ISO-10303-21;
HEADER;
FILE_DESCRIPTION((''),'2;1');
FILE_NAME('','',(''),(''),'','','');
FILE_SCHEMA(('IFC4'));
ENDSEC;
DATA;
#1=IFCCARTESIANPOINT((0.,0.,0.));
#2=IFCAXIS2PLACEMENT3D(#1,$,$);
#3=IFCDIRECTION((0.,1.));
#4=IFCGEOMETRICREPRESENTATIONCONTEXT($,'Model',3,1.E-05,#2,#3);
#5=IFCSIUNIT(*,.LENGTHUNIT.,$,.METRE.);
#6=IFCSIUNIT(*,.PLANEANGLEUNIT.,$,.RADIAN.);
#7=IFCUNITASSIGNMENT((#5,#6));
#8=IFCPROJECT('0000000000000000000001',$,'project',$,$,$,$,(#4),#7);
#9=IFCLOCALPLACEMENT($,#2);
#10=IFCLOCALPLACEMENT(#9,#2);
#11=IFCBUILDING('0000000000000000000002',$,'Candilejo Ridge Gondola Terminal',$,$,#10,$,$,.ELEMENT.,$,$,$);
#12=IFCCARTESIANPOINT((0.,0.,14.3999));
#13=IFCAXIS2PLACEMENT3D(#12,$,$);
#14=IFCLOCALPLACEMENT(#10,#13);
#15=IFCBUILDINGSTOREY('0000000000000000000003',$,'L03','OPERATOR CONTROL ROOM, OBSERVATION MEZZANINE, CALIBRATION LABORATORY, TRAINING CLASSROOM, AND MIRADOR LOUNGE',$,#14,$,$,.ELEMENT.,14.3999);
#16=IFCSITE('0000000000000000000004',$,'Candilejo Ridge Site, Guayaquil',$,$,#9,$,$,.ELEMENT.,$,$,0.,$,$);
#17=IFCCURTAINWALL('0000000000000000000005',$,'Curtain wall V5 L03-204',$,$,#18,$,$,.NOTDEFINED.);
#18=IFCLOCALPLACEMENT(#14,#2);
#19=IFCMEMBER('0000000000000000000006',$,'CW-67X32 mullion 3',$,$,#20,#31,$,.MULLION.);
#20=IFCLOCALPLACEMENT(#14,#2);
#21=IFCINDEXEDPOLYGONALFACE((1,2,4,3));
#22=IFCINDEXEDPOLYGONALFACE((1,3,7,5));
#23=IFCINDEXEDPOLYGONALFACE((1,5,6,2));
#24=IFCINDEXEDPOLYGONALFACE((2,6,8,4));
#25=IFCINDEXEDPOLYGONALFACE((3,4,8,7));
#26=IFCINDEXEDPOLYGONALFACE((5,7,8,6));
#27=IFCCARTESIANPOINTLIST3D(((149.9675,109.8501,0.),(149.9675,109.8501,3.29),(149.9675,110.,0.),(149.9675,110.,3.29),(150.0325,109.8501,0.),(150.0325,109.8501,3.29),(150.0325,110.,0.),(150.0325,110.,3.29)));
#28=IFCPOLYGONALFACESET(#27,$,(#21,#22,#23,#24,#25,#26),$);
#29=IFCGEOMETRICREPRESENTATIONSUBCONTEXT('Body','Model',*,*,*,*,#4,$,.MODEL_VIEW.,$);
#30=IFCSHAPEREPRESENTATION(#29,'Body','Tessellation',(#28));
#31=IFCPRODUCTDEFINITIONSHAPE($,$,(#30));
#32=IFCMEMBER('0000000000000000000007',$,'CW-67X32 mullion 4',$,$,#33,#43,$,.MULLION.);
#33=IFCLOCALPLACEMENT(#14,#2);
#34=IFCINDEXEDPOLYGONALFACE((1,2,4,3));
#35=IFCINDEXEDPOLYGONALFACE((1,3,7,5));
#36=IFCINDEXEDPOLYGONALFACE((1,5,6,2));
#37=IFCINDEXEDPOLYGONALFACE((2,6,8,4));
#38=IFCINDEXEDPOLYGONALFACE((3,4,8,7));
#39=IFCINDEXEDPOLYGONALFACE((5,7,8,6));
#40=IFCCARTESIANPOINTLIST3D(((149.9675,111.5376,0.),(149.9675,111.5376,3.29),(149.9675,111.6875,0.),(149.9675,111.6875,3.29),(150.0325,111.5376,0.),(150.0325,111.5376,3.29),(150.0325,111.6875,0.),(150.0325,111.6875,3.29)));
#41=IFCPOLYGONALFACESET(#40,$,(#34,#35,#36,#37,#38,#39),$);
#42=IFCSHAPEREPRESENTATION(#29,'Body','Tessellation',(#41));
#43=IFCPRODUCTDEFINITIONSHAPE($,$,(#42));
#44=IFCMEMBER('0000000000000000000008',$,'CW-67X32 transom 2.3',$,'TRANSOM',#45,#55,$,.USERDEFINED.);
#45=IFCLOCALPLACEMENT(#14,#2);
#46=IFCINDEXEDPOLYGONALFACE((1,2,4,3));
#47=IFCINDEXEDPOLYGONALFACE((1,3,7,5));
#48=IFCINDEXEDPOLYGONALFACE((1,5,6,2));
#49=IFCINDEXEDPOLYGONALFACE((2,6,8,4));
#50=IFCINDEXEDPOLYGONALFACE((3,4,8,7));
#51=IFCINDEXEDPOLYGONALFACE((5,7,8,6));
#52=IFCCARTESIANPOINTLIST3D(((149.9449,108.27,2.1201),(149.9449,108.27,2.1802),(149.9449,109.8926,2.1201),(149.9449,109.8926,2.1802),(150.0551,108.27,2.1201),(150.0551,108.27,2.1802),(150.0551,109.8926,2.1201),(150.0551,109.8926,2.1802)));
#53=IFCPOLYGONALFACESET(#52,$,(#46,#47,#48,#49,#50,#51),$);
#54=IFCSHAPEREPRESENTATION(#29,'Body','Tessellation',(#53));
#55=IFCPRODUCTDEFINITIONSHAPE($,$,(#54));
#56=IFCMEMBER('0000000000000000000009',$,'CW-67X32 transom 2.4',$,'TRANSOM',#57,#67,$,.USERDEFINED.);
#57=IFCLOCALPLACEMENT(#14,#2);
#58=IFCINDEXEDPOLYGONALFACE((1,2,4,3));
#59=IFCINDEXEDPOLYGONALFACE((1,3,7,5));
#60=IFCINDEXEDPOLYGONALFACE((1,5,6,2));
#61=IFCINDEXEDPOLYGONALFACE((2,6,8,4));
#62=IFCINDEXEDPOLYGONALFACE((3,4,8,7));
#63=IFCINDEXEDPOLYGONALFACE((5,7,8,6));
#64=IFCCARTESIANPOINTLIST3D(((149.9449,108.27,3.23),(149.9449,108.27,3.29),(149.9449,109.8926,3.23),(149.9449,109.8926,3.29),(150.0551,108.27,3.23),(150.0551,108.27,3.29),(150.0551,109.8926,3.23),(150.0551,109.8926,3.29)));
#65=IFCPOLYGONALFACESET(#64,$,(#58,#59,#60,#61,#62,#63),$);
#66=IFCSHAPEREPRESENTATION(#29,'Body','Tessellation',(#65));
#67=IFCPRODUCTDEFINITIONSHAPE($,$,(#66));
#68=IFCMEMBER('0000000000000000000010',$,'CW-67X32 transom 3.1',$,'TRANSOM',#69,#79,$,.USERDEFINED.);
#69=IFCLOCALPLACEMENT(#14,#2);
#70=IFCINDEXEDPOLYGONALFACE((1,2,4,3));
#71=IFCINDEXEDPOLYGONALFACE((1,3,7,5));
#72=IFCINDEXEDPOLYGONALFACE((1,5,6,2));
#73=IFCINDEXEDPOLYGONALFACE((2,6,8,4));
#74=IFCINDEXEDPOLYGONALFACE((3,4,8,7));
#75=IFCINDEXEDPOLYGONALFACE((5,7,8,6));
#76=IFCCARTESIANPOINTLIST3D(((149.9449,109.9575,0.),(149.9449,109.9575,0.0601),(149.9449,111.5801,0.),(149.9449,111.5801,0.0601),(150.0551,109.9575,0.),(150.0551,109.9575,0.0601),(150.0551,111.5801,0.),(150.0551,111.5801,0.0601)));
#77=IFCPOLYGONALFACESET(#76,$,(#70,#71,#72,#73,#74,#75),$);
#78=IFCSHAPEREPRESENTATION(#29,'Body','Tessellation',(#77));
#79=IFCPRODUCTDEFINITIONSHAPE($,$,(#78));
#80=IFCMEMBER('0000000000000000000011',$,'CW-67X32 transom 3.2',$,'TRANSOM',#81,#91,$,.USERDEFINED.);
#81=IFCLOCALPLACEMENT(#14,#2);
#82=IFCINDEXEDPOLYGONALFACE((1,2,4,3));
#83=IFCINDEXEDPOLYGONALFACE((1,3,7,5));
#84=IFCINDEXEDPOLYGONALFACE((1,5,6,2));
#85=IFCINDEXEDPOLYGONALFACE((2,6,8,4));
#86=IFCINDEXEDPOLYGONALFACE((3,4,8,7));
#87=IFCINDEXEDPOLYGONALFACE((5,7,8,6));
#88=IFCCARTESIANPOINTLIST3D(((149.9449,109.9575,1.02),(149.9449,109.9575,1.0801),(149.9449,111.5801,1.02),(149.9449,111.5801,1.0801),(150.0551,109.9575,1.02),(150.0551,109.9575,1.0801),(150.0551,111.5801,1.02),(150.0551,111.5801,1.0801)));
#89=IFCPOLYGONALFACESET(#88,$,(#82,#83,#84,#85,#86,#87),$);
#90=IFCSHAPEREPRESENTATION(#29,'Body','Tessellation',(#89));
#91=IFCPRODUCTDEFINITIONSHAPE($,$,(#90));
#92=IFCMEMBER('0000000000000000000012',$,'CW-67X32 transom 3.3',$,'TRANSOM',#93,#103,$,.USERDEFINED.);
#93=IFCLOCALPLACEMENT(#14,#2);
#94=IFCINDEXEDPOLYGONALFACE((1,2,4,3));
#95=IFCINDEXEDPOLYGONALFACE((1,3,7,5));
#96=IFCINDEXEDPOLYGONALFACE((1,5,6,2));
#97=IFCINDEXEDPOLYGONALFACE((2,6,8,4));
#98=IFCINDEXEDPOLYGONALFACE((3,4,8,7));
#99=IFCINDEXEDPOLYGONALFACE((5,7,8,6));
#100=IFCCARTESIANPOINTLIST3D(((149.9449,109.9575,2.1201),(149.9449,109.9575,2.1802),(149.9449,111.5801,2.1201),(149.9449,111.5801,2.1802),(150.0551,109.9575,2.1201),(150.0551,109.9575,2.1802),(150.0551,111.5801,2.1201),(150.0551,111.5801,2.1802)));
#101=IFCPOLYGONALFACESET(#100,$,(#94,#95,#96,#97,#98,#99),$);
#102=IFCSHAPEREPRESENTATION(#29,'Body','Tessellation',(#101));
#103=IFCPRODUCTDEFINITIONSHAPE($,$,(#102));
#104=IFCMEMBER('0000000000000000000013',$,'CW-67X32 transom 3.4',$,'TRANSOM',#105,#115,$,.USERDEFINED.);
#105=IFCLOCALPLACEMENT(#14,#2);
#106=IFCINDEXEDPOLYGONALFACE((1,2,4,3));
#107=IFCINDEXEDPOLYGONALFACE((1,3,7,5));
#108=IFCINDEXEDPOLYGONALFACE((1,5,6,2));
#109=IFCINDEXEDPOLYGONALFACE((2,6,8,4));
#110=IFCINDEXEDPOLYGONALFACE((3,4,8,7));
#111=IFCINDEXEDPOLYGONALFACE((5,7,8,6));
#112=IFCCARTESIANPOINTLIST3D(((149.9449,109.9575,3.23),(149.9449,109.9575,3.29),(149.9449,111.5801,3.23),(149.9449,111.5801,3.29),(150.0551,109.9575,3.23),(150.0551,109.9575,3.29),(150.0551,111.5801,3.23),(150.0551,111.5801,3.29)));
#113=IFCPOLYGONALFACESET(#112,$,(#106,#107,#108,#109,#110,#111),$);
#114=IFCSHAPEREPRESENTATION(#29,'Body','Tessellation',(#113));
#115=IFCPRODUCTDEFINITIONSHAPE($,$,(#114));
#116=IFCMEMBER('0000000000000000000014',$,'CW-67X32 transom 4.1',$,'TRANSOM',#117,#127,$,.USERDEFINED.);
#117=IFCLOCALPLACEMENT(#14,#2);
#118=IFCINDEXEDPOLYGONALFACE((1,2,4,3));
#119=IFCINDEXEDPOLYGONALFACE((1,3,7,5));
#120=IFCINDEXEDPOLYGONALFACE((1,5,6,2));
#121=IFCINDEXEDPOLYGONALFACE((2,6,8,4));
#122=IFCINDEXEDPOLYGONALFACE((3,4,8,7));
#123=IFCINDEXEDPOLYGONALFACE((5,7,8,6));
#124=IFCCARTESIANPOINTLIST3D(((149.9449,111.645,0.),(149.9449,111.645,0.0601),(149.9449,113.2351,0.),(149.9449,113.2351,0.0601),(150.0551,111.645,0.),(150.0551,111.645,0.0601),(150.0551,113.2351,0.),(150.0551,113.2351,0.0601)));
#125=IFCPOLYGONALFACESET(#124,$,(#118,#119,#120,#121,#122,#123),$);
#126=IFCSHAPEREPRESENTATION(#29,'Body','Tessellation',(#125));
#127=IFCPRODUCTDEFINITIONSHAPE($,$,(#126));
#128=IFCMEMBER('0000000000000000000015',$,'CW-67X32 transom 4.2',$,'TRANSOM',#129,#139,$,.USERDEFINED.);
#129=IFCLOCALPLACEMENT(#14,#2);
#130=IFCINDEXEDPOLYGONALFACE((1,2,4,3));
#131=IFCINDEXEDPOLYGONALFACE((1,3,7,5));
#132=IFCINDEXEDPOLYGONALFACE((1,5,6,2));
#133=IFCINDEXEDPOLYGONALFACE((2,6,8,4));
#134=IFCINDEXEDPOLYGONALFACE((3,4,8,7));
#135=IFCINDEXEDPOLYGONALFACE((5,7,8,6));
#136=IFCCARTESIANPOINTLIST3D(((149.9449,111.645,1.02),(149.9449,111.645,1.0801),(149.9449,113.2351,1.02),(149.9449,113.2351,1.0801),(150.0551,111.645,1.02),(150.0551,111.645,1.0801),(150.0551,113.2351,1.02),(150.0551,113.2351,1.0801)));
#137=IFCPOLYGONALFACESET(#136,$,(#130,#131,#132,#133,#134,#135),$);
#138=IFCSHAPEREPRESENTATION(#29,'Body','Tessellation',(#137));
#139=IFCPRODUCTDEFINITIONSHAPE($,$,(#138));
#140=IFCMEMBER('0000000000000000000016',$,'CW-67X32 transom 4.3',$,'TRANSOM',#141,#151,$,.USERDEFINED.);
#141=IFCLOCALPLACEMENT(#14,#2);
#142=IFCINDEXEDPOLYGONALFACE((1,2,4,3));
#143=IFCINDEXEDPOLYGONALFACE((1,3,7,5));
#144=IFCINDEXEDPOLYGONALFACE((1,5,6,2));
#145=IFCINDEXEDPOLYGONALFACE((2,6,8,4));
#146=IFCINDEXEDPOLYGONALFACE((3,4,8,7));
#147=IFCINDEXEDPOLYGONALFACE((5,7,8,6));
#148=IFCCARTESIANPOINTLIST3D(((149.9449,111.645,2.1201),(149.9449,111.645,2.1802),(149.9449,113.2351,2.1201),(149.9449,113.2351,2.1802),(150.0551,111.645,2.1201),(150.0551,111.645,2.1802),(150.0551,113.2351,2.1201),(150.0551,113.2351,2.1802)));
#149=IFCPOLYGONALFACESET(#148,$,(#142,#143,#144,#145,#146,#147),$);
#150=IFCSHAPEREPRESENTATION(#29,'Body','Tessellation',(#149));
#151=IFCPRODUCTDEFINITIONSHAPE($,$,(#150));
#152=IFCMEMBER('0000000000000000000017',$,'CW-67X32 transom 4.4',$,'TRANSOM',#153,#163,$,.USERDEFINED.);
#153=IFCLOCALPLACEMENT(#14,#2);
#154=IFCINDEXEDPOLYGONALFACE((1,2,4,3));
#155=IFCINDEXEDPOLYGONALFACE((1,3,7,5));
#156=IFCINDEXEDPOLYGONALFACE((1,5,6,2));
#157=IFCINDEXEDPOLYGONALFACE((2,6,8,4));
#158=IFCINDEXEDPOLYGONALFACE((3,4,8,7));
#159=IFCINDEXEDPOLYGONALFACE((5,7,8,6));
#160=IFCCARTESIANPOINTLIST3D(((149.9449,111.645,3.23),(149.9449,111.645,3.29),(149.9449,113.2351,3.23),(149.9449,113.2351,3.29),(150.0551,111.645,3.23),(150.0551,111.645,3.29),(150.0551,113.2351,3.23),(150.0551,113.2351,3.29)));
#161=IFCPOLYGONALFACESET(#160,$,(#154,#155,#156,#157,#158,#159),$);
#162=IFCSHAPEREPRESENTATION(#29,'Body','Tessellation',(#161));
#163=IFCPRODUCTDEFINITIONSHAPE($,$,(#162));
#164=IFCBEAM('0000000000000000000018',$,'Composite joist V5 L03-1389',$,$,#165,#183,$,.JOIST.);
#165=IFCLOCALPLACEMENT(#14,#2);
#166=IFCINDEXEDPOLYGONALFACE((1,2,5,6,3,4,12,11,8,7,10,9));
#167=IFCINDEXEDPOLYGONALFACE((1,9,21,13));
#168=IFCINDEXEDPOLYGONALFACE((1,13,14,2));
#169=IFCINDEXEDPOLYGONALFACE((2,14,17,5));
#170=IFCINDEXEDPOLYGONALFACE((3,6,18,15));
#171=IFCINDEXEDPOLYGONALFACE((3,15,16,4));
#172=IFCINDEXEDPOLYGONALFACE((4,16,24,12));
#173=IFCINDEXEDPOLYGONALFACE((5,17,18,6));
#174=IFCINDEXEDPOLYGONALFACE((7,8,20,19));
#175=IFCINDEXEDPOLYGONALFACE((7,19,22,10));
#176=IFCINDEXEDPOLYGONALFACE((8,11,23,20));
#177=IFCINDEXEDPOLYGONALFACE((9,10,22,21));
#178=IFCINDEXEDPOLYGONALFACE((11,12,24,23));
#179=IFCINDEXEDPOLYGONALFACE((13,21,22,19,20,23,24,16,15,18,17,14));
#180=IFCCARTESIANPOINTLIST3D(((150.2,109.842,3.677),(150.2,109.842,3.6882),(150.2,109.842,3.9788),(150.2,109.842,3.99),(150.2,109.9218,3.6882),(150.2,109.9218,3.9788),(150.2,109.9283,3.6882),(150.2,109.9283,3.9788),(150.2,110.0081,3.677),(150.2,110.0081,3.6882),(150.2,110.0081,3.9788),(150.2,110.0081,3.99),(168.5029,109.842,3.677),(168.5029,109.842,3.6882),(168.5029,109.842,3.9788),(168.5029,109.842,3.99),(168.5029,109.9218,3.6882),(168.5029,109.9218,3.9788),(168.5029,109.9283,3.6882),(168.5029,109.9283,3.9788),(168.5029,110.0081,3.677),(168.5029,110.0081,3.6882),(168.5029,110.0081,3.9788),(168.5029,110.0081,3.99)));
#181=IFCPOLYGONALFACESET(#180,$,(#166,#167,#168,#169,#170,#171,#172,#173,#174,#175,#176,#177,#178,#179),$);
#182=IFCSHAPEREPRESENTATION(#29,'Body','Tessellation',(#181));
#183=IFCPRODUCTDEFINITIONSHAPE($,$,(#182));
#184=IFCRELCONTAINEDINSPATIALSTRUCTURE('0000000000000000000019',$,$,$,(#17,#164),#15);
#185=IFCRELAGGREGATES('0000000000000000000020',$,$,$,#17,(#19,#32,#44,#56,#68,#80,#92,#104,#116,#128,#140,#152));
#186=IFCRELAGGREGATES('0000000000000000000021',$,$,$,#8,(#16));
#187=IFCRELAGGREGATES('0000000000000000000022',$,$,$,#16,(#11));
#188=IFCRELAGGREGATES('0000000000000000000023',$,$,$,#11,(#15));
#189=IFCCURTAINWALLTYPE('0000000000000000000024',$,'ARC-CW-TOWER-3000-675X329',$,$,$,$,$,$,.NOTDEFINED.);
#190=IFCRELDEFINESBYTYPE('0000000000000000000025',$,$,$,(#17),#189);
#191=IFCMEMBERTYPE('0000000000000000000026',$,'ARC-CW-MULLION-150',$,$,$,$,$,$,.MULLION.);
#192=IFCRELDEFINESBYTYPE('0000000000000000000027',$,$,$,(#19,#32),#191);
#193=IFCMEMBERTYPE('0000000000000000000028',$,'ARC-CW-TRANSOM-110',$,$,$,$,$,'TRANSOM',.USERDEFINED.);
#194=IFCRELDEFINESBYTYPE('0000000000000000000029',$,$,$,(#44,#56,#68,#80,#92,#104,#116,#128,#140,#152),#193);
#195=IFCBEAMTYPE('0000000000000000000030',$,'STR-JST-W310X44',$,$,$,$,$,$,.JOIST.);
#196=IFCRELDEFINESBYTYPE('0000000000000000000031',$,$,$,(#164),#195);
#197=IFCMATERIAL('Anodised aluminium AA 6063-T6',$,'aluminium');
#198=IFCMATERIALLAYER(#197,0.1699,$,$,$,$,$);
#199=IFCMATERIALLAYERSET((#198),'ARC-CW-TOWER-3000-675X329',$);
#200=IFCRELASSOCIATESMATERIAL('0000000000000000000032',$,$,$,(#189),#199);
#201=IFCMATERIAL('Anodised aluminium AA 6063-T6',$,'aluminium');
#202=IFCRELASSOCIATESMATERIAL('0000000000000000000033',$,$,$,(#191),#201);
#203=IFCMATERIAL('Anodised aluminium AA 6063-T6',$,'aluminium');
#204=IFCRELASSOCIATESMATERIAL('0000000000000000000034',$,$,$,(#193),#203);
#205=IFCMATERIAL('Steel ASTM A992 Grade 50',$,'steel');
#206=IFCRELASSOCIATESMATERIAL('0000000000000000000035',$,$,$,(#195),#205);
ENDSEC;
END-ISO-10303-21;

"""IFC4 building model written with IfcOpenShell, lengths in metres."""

from ifc_helpers import new_model, si_unit, direction, frame, origin, origin_2d, place, context, subcontext, project, spatial, rectangle, i_section, extrude, material, layer, layer_set, material_profile, profile_set, type_object, element, aggregate, save


model = new_model("IFC4")

# Units and contexts
model_context = context("Model", 3, precision=1e-05, world=origin(), true_north=direction((0.0, 1.0)))
body_context = subcontext(model_context, "Body", "Model", "MODEL_VIEW")
ifc_project = project(units=[si_unit("LENGTHUNIT", "METRE"), si_unit("PLANEANGLEUNIT", "RADIAN")], contexts=[model_context])

# Site, building, storey
site_placement = place(None, origin())
site = spatial("IfcSite", under=ifc_project, at=site_placement, Name="Candilejo Ridge Site, Guayaquil", CompositionType="ELEMENT", RefElevation=0.0)
building_placement = place(site_placement, origin())
building = spatial("IfcBuilding", under=site, at=building_placement, Name="Candilejo Ridge Gondola Terminal", CompositionType="ELEMENT")
storey_placement = place(building_placement, frame((0.0, 0.0, 14.3999)))
storey = spatial("IfcBuildingStorey", under=building, at=storey_placement, Name="L03", Description="OPERATOR CONTROL ROOM, OBSERVATION MEZZANINE, CALIBRATION LABORATORY, TRAINING CLASSROOM, AND MIRADOR LOUNGE", CompositionType="ELEMENT", Elevation=14.3999)

# Curtain wall, members
ifc_material_1 = material(Name="Anodised aluminium AA 6063-T6", Category="aluminium")
ifc_layer_1 = layer(ifc_material_1, 0.1699)
ifc_layer_set_1 = layer_set([ifc_layer_1], Name="ARC-CW-TOWER-3000-675X329")
curtain_wall_type = type_object("IfcCurtainWallType", Name="ARC-CW-TOWER-3000-675X329", PredefinedType="NOTDEFINED", material=ifc_layer_set_1)
curtain_wall_placement = place(storey_placement, origin())
curtain_wall = element("IfcCurtainWall", 1, at=curtain_wall_placement, inside=storey, type_object=curtain_wall_type, Name="Curtain wall V5 L03-204", PredefinedType="NOTDEFINED")
ifc_material_2 = material(Name="Anodised aluminium AA 6063-T6", Category="aluminium")
ifc_material_profile_1 = material_profile(ifc_material_2, rectangle(XDim=0.0649, YDim=0.1499, at=origin_2d()))
ifc_profile_set_1 = profile_set([ifc_material_profile_1], Name="Anodised aluminium AA 6063-T6")
member_type_1 = type_object("IfcMemberType", Name="ARC-CW-MULLION-150", PredefinedType="MULLION", material=ifc_profile_set_1)
member_1_placement = place(storey_placement, frame((150.0, 109.925, 0.0), z_axis=(0.0, 0.0, 1.0), x_axis=(-1.0, 0.0, 0.0)))
member_1 = element("IfcMember", 2, at=member_1_placement, type_object=member_type_1, Name="CW-67X32 mullion 3", PredefinedType="MULLION", context=body_context, shape_type="SweptSolid", body=[
    extrude(rectangle(XDim=0.0649, YDim=0.1499, at=origin_2d()), origin(), (0.0, 0.0, 1.0), 3.29),
])
member_2_placement = place(storey_placement, frame((150.0, 111.6125, 0.0), z_axis=(0.0, 0.0, 1.0), x_axis=(-1.0, 0.0, 0.0)))
member_2 = element("IfcMember", 3, at=member_2_placement, type_object=member_type_1, Name="CW-67X32 mullion 4", PredefinedType="MULLION", context=body_context, shape_type="SweptSolid", body=[
    extrude(rectangle(XDim=0.0649, YDim=0.1499, at=origin_2d()), origin(), (0.0, 0.0, 1.0), 3.29),
])
ifc_material_3 = material(Name="Anodised aluminium AA 6063-T6", Category="aluminium")
ifc_material_profile_2 = material_profile(ifc_material_3, rectangle(XDim=0.1101, YDim=0.0601, at=origin_2d()))
ifc_profile_set_2 = profile_set([ifc_material_profile_2], Name="Anodised aluminium AA 6063-T6")
member_type_2 = type_object("IfcMemberType", Name="ARC-CW-TRANSOM-110", ElementType="TRANSOM", PredefinedType="USERDEFINED", material=ifc_profile_set_2)
member_3_placement = place(storey_placement, frame((150.0, 108.27, 2.1501), z_axis=(0.0, 1.0, 0.0), x_axis=(-1.0, 0.0, 0.0)))
member_3 = element("IfcMember", 4, at=member_3_placement, type_object=member_type_2, Name="CW-67X32 transom 2.3", ObjectType="TRANSOM", PredefinedType="USERDEFINED", context=body_context, shape_type="SweptSolid", body=[
    extrude(rectangle(XDim=0.1101, YDim=0.0601, at=origin_2d()), origin(), (0.0, 0.0, 1.0), 1.6226),
])
member_4_placement = place(storey_placement, frame((150.0, 108.27, 3.26), z_axis=(0.0, 1.0, 0.0), x_axis=(-1.0, 0.0, 0.0)))
member_4 = element("IfcMember", 5, at=member_4_placement, type_object=member_type_2, Name="CW-67X32 transom 2.4", ObjectType="TRANSOM", PredefinedType="USERDEFINED", context=body_context, shape_type="SweptSolid", body=[
    extrude(rectangle(XDim=0.1101, YDim=0.0601, at=origin_2d()), origin(), (0.0, 0.0, 1.0), 1.6226),
])
member_5_placement = place(storey_placement, frame((150.0, 109.9575, 0.03), z_axis=(0.0, 1.0, 0.0), x_axis=(-1.0, 0.0, 0.0)))
member_5 = element("IfcMember", 6, at=member_5_placement, type_object=member_type_2, Name="CW-67X32 transom 3.1", ObjectType="TRANSOM", PredefinedType="USERDEFINED", context=body_context, shape_type="SweptSolid", body=[
    extrude(rectangle(XDim=0.1101, YDim=0.0601, at=origin_2d()), origin(), (0.0, 0.0, 1.0), 1.6226),
])
member_6_placement = place(storey_placement, frame((150.0, 109.9575, 1.05), z_axis=(0.0, 1.0, 0.0), x_axis=(-1.0, 0.0, 0.0)))
member_6 = element("IfcMember", 7, at=member_6_placement, type_object=member_type_2, Name="CW-67X32 transom 3.2", ObjectType="TRANSOM", PredefinedType="USERDEFINED", context=body_context, shape_type="SweptSolid", body=[
    extrude(rectangle(XDim=0.1101, YDim=0.0601, at=origin_2d()), origin(), (0.0, 0.0, 1.0), 1.6226),
])
member_7_placement = place(storey_placement, frame((150.0, 109.9575, 2.1501), z_axis=(0.0, 1.0, 0.0), x_axis=(-1.0, 0.0, 0.0)))
member_7 = element("IfcMember", 8, at=member_7_placement, type_object=member_type_2, Name="CW-67X32 transom 3.3", ObjectType="TRANSOM", PredefinedType="USERDEFINED", context=body_context, shape_type="SweptSolid", body=[
    extrude(rectangle(XDim=0.1101, YDim=0.0601, at=origin_2d()), origin(), (0.0, 0.0, 1.0), 1.6226),
])
member_8_placement = place(storey_placement, frame((150.0, 109.9575, 3.26), z_axis=(0.0, 1.0, 0.0), x_axis=(-1.0, 0.0, 0.0)))
member_8 = element("IfcMember", 9, at=member_8_placement, type_object=member_type_2, Name="CW-67X32 transom 3.4", ObjectType="TRANSOM", PredefinedType="USERDEFINED", context=body_context, shape_type="SweptSolid", body=[
    extrude(rectangle(XDim=0.1101, YDim=0.0601, at=origin_2d()), origin(), (0.0, 0.0, 1.0), 1.6226),
])
member_9_placement = place(storey_placement, frame((150.0, 111.645, 0.03), z_axis=(0.0, 1.0, 0.0), x_axis=(-1.0, 0.0, 0.0)))
member_9 = element("IfcMember", 10, at=member_9_placement, type_object=member_type_2, Name="CW-67X32 transom 4.1", ObjectType="TRANSOM", PredefinedType="USERDEFINED", context=body_context, shape_type="SweptSolid", body=[
    extrude(rectangle(XDim=0.1101, YDim=0.0601, at=origin_2d()), origin(), (0.0, 0.0, 1.0), 1.5901),
])
member_10_placement = place(storey_placement, frame((150.0, 111.645, 1.05), z_axis=(0.0, 1.0, 0.0), x_axis=(-1.0, 0.0, 0.0)))
member_10 = element("IfcMember", 11, at=member_10_placement, type_object=member_type_2, Name="CW-67X32 transom 4.2", ObjectType="TRANSOM", PredefinedType="USERDEFINED", context=body_context, shape_type="SweptSolid", body=[
    extrude(rectangle(XDim=0.1101, YDim=0.0601, at=origin_2d()), origin(), (0.0, 0.0, 1.0), 1.5901),
])
member_11_placement = place(storey_placement, frame((150.0, 111.645, 2.1501), z_axis=(0.0, 1.0, 0.0), x_axis=(-1.0, 0.0, 0.0)))
member_11 = element("IfcMember", 12, at=member_11_placement, type_object=member_type_2, Name="CW-67X32 transom 4.3", ObjectType="TRANSOM", PredefinedType="USERDEFINED", context=body_context, shape_type="SweptSolid", body=[
    extrude(rectangle(XDim=0.1101, YDim=0.0601, at=origin_2d()), origin(), (0.0, 0.0, 1.0), 1.5901),
])
member_12_placement = place(storey_placement, frame((150.0, 111.645, 3.26), z_axis=(0.0, 1.0, 0.0), x_axis=(-1.0, 0.0, 0.0)))
member_12 = element("IfcMember", 13, at=member_12_placement, type_object=member_type_2, Name="CW-67X32 transom 4.4", ObjectType="TRANSOM", PredefinedType="USERDEFINED", context=body_context, shape_type="SweptSolid", body=[
    extrude(rectangle(XDim=0.1101, YDim=0.0601, at=origin_2d()), origin(), (0.0, 0.0, 1.0), 1.5901),
])

# Beam
ifc_material_4 = material(Name="Steel ASTM A992 Grade 50", Category="steel")
ifc_material_profile_3 = material_profile(ifc_material_4, i_section(OverallWidth=0.166, OverallDepth=0.313, WebThickness=0.0066, FlangeThickness=0.0112, at=origin_2d()))
ifc_profile_set_3 = profile_set([ifc_material_profile_3], Name="Steel ASTM A992 Grade 50")
beam_type = type_object("IfcBeamType", Name="STR-JST-W310X44", PredefinedType="JOIST", material=ifc_profile_set_3)
for number, where, z_axis, x_axis, name in (
    (14, (150.2, 109.925, 3.8335), (1.0, 0.0, 0.0), (0.0, 1.0, 0.0), "Composite joist V5 L03-1389"),
):
    element("IfcBeam", number, at=place(storey_placement, frame(where, z_axis=z_axis, x_axis=x_axis)), inside=storey, type_object=beam_type, Name=name, PredefinedType="JOIST", context=body_context, shape_type="SweptSolid", body=[
        extrude(i_section(OverallWidth=0.166, OverallDepth=0.313, WebThickness=0.0066, FlangeThickness=0.0112, at=origin_2d()), origin(), (0.0, 0.0, 1.0), 18.303),
    ])

aggregate(curtain_wall, [member_1, member_2, member_3, member_4, member_5, member_6, member_7, member_8, member_9, member_10, member_11, member_12])

save(model, "model.ifc")
